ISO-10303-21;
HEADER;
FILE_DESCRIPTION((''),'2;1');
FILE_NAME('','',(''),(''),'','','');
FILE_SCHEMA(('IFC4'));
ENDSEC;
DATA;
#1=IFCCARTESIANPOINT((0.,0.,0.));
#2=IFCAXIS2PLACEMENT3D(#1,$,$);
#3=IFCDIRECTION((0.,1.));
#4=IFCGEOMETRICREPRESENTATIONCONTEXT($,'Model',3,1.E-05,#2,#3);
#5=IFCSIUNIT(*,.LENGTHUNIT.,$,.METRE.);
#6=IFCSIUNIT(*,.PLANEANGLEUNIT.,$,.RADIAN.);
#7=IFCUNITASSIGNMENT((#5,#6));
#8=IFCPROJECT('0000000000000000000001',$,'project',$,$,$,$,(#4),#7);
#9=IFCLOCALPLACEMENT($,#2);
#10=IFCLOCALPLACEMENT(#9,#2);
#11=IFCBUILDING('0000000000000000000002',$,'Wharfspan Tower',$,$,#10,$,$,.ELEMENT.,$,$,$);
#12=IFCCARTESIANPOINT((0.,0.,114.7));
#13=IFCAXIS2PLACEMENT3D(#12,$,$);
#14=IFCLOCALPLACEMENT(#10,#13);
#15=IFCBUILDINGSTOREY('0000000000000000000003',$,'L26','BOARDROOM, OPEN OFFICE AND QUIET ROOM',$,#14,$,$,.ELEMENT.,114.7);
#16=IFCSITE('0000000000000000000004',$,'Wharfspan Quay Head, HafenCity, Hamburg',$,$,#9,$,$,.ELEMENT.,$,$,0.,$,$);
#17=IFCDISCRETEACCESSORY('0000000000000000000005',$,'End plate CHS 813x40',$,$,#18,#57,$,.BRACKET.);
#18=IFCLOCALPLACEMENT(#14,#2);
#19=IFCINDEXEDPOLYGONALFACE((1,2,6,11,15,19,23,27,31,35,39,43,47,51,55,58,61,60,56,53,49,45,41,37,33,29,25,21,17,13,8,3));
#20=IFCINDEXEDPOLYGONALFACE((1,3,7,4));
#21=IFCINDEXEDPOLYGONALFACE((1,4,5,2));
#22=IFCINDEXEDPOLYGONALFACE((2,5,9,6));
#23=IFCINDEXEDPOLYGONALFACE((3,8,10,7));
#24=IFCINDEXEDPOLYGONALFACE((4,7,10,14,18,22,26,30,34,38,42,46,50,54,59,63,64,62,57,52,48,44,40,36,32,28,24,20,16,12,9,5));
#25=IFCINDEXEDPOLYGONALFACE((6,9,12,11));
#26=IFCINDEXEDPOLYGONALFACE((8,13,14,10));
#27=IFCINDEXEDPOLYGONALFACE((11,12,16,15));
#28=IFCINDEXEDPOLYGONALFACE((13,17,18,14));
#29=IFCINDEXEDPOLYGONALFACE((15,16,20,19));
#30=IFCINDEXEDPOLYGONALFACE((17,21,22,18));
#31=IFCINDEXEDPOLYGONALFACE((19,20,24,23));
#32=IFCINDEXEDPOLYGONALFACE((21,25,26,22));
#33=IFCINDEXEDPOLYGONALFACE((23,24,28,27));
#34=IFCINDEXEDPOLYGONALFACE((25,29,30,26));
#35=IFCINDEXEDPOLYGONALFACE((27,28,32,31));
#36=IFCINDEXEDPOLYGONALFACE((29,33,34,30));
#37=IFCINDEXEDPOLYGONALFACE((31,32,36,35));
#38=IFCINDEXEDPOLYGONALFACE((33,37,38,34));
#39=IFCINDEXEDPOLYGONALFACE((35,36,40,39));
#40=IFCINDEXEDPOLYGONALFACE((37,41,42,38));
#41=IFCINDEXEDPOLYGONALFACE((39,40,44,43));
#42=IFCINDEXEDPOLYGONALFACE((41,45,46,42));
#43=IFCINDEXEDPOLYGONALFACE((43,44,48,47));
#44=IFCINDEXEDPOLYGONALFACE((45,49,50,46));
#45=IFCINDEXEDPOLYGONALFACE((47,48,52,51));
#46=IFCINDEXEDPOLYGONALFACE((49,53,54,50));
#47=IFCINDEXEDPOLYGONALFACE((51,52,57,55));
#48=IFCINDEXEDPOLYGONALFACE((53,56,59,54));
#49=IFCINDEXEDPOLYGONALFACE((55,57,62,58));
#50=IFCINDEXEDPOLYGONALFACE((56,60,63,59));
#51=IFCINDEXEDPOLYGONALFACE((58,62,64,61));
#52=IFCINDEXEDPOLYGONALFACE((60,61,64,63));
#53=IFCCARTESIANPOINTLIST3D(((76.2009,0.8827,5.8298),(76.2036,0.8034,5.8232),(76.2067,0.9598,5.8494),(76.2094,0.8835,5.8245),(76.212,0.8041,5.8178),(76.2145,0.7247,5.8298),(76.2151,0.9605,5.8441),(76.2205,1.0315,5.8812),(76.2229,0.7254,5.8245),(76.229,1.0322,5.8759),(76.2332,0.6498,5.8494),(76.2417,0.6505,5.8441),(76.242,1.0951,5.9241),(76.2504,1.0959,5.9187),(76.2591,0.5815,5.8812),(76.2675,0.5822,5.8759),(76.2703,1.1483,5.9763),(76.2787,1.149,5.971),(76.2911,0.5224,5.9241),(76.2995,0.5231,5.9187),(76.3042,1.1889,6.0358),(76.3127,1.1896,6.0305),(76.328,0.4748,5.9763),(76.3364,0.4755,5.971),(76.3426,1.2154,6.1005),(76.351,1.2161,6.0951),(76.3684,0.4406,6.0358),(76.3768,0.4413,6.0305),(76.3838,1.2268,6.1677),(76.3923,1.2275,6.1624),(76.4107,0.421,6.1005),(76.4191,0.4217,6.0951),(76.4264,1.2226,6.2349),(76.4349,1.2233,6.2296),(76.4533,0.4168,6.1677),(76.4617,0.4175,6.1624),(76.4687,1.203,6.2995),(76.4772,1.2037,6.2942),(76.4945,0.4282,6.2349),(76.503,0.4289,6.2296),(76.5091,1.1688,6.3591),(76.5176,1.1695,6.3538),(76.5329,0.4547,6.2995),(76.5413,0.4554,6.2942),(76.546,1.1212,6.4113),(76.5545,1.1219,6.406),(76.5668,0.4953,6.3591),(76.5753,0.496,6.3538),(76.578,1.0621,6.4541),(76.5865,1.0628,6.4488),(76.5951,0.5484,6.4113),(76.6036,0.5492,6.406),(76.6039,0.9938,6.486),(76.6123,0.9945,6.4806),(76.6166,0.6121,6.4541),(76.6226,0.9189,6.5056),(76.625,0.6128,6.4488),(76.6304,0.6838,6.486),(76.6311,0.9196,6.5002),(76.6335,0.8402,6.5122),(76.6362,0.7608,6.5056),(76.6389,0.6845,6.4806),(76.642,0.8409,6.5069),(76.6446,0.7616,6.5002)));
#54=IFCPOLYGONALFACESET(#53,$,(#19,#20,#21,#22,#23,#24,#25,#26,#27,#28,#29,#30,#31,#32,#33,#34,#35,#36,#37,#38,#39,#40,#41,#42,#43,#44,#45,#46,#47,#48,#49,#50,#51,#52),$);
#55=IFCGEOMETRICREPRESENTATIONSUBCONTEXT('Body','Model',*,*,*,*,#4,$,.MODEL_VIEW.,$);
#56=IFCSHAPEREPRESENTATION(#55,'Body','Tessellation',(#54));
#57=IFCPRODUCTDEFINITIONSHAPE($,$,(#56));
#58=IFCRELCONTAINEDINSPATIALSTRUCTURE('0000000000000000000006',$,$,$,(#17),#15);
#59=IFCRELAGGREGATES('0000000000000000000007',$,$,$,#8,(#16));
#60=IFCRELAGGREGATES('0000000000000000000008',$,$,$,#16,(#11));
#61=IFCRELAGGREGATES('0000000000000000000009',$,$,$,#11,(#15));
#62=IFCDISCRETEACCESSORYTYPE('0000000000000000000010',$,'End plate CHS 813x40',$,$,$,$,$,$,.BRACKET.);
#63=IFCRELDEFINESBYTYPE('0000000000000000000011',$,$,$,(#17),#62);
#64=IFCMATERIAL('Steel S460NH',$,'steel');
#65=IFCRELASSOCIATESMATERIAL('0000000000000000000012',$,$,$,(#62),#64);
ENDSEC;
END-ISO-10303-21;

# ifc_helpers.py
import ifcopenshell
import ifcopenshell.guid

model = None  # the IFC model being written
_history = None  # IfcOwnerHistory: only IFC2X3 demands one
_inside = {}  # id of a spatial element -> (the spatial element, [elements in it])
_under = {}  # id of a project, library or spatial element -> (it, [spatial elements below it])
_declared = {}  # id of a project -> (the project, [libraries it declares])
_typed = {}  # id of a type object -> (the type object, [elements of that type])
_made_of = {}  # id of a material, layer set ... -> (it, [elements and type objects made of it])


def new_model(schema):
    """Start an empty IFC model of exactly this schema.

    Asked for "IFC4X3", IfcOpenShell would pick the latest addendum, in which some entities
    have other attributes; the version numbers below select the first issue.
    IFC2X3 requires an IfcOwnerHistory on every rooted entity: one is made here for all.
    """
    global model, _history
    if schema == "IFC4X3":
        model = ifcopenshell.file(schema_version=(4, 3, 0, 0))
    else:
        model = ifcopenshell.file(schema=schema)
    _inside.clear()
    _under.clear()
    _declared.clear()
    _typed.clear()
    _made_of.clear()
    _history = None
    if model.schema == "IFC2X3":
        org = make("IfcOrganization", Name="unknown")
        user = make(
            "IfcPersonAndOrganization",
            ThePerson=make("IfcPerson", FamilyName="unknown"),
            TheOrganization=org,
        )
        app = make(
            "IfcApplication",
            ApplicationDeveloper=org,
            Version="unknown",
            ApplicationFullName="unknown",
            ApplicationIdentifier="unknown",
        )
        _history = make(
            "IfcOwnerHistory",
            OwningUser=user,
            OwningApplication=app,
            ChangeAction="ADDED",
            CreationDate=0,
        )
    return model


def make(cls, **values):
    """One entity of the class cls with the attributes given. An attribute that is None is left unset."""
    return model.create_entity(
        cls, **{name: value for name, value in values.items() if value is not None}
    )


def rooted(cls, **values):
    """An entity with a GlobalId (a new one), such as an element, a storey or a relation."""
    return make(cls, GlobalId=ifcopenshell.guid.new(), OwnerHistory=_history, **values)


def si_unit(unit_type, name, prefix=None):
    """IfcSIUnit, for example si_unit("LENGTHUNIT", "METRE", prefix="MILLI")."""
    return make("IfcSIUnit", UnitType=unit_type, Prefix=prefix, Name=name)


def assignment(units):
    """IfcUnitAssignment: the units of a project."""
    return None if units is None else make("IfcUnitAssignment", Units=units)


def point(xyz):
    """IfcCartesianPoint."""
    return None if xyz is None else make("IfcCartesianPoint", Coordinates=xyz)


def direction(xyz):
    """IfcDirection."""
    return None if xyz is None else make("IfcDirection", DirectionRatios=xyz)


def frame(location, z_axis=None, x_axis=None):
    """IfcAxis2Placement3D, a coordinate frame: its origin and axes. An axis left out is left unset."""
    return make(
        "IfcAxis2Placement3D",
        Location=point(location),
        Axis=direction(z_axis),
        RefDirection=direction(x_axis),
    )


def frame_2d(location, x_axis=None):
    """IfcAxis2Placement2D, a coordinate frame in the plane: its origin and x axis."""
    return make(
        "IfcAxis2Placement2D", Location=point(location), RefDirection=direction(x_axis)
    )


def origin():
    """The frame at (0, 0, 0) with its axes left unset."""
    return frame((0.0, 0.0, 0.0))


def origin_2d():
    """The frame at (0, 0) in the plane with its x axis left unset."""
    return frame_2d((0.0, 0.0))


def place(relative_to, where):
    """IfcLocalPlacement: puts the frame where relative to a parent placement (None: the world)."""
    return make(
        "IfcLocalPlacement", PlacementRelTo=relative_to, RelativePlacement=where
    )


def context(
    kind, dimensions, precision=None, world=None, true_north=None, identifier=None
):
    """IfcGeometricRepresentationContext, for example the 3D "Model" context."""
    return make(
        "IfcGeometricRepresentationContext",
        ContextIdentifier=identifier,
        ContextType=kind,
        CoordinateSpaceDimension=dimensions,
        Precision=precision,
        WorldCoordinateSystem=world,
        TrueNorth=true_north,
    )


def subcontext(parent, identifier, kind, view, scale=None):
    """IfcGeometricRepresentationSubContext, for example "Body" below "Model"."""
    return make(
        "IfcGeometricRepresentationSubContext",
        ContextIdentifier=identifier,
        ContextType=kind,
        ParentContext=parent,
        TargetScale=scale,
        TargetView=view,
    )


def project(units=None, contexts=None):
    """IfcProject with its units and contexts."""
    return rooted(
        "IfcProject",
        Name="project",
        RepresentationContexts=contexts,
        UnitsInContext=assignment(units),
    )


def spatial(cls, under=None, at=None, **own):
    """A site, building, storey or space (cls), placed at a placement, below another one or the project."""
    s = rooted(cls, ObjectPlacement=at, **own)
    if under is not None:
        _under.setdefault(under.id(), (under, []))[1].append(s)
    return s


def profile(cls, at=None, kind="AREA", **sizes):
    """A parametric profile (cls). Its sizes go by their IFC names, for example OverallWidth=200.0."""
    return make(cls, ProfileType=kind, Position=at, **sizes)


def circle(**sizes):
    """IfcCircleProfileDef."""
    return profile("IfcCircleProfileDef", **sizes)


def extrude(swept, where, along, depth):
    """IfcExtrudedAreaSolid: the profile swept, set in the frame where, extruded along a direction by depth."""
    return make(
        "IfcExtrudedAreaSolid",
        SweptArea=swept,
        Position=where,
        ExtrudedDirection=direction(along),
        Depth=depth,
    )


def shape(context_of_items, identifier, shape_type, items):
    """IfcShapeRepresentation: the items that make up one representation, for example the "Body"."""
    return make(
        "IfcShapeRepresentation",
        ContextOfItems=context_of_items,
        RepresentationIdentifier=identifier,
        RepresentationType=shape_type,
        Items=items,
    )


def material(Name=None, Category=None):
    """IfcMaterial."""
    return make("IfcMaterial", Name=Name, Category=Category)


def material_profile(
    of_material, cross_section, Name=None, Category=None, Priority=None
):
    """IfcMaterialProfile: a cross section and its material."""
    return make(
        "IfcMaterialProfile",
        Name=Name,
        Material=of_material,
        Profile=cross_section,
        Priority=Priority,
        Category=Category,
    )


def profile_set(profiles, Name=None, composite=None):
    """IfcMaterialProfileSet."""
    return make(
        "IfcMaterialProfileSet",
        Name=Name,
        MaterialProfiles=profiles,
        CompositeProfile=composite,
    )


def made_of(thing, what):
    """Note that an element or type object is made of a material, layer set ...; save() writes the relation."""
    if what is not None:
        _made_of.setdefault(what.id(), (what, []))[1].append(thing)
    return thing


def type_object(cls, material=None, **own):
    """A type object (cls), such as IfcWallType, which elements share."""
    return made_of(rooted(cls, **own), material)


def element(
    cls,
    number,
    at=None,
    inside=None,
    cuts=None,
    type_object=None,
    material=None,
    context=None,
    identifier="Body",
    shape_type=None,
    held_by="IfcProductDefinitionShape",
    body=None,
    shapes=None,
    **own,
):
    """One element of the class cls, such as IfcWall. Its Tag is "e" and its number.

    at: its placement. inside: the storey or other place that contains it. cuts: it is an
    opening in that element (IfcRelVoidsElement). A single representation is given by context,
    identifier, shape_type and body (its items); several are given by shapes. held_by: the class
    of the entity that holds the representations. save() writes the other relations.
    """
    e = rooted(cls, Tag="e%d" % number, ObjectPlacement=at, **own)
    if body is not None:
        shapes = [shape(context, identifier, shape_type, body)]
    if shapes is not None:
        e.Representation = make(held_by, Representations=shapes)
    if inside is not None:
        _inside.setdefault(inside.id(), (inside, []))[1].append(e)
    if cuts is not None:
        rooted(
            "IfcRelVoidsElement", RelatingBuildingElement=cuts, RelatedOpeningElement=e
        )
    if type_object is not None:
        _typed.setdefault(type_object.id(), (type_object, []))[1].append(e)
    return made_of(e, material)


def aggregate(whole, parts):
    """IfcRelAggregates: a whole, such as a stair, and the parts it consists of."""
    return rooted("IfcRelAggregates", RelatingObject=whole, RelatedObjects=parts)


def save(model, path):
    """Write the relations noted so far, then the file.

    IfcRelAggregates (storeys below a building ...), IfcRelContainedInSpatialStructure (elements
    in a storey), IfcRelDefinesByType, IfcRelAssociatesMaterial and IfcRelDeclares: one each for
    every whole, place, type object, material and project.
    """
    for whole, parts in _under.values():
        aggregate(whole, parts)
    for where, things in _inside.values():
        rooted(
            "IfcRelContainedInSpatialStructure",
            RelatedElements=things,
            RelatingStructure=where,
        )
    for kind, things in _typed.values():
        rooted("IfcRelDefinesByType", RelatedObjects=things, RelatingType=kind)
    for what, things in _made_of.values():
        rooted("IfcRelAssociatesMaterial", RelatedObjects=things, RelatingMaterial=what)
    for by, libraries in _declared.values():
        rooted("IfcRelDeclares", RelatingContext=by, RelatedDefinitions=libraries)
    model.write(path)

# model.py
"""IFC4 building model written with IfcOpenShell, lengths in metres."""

from ifc_helpers import new_model, si_unit, direction, frame, origin, origin_2d, place, context, subcontext, project, spatial, circle, extrude, material, material_profile, profile_set, type_object, element, save


model = new_model("IFC4")

# Units and contexts
model_context = context("Model", 3, precision=1e-05, world=origin(), true_north=direction((0.0, 1.0)))
body_context = subcontext(model_context, "Body", "Model", "MODEL_VIEW")
ifc_project = project(units=[si_unit("LENGTHUNIT", "METRE"), si_unit("PLANEANGLEUNIT", "RADIAN")], contexts=[model_context])

# Site, building, storey
site_placement = place(None, origin())
site = spatial("IfcSite", under=ifc_project, at=site_placement, Name="Wharfspan Quay Head, HafenCity, Hamburg", CompositionType="ELEMENT", RefElevation=0.0)
building_placement = place(site_placement, origin())
building = spatial("IfcBuilding", under=site, at=building_placement, Name="Wharfspan Tower", CompositionType="ELEMENT")
storey_placement = place(building_placement, frame((0.0, 0.0, 114.7)))
storey = spatial("IfcBuildingStorey", under=building, at=storey_placement, Name="L26", Description="BOARDROOM, OPEN OFFICE AND QUIET ROOM", CompositionType="ELEMENT", Elevation=114.7)

# Shared definitions
ifc_material_1 = material(Name="Steel S460NH", Category="steel")

# Discrete accessory
ifc_material_profile_1 = material_profile(ifc_material_1, circle(Radius=0.4065, at=origin_2d()))
ifc_profile_set_1 = profile_set([ifc_material_profile_1], Name="Steel S460NH")
discrete_accessory_type = type_object("IfcDiscreteAccessoryType", Name="End plate CHS 813x40", PredefinedType="BRACKET", material=ifc_profile_set_1)
for number, where, z_axis, x_axis, name in (
    (1, (76.427, 0.8225, 6.1624), (-0.844416, -0.072379, 0.530776), (0.085402, -0.99635, 0.0), "End plate CHS 813x40"),
):
    element("IfcDiscreteAccessory", number, at=place(storey_placement, frame(where, z_axis=z_axis, x_axis=x_axis)), inside=storey, type_object=discrete_accessory_type, Name=name, PredefinedType="BRACKET", context=body_context, shape_type="SweptSolid", body=[
        extrude(circle(Radius=0.4065, at=origin_2d()), origin(), (0.0, 0.0, 1.0), 0.01),
    ])

save(model, "model.ifc")
